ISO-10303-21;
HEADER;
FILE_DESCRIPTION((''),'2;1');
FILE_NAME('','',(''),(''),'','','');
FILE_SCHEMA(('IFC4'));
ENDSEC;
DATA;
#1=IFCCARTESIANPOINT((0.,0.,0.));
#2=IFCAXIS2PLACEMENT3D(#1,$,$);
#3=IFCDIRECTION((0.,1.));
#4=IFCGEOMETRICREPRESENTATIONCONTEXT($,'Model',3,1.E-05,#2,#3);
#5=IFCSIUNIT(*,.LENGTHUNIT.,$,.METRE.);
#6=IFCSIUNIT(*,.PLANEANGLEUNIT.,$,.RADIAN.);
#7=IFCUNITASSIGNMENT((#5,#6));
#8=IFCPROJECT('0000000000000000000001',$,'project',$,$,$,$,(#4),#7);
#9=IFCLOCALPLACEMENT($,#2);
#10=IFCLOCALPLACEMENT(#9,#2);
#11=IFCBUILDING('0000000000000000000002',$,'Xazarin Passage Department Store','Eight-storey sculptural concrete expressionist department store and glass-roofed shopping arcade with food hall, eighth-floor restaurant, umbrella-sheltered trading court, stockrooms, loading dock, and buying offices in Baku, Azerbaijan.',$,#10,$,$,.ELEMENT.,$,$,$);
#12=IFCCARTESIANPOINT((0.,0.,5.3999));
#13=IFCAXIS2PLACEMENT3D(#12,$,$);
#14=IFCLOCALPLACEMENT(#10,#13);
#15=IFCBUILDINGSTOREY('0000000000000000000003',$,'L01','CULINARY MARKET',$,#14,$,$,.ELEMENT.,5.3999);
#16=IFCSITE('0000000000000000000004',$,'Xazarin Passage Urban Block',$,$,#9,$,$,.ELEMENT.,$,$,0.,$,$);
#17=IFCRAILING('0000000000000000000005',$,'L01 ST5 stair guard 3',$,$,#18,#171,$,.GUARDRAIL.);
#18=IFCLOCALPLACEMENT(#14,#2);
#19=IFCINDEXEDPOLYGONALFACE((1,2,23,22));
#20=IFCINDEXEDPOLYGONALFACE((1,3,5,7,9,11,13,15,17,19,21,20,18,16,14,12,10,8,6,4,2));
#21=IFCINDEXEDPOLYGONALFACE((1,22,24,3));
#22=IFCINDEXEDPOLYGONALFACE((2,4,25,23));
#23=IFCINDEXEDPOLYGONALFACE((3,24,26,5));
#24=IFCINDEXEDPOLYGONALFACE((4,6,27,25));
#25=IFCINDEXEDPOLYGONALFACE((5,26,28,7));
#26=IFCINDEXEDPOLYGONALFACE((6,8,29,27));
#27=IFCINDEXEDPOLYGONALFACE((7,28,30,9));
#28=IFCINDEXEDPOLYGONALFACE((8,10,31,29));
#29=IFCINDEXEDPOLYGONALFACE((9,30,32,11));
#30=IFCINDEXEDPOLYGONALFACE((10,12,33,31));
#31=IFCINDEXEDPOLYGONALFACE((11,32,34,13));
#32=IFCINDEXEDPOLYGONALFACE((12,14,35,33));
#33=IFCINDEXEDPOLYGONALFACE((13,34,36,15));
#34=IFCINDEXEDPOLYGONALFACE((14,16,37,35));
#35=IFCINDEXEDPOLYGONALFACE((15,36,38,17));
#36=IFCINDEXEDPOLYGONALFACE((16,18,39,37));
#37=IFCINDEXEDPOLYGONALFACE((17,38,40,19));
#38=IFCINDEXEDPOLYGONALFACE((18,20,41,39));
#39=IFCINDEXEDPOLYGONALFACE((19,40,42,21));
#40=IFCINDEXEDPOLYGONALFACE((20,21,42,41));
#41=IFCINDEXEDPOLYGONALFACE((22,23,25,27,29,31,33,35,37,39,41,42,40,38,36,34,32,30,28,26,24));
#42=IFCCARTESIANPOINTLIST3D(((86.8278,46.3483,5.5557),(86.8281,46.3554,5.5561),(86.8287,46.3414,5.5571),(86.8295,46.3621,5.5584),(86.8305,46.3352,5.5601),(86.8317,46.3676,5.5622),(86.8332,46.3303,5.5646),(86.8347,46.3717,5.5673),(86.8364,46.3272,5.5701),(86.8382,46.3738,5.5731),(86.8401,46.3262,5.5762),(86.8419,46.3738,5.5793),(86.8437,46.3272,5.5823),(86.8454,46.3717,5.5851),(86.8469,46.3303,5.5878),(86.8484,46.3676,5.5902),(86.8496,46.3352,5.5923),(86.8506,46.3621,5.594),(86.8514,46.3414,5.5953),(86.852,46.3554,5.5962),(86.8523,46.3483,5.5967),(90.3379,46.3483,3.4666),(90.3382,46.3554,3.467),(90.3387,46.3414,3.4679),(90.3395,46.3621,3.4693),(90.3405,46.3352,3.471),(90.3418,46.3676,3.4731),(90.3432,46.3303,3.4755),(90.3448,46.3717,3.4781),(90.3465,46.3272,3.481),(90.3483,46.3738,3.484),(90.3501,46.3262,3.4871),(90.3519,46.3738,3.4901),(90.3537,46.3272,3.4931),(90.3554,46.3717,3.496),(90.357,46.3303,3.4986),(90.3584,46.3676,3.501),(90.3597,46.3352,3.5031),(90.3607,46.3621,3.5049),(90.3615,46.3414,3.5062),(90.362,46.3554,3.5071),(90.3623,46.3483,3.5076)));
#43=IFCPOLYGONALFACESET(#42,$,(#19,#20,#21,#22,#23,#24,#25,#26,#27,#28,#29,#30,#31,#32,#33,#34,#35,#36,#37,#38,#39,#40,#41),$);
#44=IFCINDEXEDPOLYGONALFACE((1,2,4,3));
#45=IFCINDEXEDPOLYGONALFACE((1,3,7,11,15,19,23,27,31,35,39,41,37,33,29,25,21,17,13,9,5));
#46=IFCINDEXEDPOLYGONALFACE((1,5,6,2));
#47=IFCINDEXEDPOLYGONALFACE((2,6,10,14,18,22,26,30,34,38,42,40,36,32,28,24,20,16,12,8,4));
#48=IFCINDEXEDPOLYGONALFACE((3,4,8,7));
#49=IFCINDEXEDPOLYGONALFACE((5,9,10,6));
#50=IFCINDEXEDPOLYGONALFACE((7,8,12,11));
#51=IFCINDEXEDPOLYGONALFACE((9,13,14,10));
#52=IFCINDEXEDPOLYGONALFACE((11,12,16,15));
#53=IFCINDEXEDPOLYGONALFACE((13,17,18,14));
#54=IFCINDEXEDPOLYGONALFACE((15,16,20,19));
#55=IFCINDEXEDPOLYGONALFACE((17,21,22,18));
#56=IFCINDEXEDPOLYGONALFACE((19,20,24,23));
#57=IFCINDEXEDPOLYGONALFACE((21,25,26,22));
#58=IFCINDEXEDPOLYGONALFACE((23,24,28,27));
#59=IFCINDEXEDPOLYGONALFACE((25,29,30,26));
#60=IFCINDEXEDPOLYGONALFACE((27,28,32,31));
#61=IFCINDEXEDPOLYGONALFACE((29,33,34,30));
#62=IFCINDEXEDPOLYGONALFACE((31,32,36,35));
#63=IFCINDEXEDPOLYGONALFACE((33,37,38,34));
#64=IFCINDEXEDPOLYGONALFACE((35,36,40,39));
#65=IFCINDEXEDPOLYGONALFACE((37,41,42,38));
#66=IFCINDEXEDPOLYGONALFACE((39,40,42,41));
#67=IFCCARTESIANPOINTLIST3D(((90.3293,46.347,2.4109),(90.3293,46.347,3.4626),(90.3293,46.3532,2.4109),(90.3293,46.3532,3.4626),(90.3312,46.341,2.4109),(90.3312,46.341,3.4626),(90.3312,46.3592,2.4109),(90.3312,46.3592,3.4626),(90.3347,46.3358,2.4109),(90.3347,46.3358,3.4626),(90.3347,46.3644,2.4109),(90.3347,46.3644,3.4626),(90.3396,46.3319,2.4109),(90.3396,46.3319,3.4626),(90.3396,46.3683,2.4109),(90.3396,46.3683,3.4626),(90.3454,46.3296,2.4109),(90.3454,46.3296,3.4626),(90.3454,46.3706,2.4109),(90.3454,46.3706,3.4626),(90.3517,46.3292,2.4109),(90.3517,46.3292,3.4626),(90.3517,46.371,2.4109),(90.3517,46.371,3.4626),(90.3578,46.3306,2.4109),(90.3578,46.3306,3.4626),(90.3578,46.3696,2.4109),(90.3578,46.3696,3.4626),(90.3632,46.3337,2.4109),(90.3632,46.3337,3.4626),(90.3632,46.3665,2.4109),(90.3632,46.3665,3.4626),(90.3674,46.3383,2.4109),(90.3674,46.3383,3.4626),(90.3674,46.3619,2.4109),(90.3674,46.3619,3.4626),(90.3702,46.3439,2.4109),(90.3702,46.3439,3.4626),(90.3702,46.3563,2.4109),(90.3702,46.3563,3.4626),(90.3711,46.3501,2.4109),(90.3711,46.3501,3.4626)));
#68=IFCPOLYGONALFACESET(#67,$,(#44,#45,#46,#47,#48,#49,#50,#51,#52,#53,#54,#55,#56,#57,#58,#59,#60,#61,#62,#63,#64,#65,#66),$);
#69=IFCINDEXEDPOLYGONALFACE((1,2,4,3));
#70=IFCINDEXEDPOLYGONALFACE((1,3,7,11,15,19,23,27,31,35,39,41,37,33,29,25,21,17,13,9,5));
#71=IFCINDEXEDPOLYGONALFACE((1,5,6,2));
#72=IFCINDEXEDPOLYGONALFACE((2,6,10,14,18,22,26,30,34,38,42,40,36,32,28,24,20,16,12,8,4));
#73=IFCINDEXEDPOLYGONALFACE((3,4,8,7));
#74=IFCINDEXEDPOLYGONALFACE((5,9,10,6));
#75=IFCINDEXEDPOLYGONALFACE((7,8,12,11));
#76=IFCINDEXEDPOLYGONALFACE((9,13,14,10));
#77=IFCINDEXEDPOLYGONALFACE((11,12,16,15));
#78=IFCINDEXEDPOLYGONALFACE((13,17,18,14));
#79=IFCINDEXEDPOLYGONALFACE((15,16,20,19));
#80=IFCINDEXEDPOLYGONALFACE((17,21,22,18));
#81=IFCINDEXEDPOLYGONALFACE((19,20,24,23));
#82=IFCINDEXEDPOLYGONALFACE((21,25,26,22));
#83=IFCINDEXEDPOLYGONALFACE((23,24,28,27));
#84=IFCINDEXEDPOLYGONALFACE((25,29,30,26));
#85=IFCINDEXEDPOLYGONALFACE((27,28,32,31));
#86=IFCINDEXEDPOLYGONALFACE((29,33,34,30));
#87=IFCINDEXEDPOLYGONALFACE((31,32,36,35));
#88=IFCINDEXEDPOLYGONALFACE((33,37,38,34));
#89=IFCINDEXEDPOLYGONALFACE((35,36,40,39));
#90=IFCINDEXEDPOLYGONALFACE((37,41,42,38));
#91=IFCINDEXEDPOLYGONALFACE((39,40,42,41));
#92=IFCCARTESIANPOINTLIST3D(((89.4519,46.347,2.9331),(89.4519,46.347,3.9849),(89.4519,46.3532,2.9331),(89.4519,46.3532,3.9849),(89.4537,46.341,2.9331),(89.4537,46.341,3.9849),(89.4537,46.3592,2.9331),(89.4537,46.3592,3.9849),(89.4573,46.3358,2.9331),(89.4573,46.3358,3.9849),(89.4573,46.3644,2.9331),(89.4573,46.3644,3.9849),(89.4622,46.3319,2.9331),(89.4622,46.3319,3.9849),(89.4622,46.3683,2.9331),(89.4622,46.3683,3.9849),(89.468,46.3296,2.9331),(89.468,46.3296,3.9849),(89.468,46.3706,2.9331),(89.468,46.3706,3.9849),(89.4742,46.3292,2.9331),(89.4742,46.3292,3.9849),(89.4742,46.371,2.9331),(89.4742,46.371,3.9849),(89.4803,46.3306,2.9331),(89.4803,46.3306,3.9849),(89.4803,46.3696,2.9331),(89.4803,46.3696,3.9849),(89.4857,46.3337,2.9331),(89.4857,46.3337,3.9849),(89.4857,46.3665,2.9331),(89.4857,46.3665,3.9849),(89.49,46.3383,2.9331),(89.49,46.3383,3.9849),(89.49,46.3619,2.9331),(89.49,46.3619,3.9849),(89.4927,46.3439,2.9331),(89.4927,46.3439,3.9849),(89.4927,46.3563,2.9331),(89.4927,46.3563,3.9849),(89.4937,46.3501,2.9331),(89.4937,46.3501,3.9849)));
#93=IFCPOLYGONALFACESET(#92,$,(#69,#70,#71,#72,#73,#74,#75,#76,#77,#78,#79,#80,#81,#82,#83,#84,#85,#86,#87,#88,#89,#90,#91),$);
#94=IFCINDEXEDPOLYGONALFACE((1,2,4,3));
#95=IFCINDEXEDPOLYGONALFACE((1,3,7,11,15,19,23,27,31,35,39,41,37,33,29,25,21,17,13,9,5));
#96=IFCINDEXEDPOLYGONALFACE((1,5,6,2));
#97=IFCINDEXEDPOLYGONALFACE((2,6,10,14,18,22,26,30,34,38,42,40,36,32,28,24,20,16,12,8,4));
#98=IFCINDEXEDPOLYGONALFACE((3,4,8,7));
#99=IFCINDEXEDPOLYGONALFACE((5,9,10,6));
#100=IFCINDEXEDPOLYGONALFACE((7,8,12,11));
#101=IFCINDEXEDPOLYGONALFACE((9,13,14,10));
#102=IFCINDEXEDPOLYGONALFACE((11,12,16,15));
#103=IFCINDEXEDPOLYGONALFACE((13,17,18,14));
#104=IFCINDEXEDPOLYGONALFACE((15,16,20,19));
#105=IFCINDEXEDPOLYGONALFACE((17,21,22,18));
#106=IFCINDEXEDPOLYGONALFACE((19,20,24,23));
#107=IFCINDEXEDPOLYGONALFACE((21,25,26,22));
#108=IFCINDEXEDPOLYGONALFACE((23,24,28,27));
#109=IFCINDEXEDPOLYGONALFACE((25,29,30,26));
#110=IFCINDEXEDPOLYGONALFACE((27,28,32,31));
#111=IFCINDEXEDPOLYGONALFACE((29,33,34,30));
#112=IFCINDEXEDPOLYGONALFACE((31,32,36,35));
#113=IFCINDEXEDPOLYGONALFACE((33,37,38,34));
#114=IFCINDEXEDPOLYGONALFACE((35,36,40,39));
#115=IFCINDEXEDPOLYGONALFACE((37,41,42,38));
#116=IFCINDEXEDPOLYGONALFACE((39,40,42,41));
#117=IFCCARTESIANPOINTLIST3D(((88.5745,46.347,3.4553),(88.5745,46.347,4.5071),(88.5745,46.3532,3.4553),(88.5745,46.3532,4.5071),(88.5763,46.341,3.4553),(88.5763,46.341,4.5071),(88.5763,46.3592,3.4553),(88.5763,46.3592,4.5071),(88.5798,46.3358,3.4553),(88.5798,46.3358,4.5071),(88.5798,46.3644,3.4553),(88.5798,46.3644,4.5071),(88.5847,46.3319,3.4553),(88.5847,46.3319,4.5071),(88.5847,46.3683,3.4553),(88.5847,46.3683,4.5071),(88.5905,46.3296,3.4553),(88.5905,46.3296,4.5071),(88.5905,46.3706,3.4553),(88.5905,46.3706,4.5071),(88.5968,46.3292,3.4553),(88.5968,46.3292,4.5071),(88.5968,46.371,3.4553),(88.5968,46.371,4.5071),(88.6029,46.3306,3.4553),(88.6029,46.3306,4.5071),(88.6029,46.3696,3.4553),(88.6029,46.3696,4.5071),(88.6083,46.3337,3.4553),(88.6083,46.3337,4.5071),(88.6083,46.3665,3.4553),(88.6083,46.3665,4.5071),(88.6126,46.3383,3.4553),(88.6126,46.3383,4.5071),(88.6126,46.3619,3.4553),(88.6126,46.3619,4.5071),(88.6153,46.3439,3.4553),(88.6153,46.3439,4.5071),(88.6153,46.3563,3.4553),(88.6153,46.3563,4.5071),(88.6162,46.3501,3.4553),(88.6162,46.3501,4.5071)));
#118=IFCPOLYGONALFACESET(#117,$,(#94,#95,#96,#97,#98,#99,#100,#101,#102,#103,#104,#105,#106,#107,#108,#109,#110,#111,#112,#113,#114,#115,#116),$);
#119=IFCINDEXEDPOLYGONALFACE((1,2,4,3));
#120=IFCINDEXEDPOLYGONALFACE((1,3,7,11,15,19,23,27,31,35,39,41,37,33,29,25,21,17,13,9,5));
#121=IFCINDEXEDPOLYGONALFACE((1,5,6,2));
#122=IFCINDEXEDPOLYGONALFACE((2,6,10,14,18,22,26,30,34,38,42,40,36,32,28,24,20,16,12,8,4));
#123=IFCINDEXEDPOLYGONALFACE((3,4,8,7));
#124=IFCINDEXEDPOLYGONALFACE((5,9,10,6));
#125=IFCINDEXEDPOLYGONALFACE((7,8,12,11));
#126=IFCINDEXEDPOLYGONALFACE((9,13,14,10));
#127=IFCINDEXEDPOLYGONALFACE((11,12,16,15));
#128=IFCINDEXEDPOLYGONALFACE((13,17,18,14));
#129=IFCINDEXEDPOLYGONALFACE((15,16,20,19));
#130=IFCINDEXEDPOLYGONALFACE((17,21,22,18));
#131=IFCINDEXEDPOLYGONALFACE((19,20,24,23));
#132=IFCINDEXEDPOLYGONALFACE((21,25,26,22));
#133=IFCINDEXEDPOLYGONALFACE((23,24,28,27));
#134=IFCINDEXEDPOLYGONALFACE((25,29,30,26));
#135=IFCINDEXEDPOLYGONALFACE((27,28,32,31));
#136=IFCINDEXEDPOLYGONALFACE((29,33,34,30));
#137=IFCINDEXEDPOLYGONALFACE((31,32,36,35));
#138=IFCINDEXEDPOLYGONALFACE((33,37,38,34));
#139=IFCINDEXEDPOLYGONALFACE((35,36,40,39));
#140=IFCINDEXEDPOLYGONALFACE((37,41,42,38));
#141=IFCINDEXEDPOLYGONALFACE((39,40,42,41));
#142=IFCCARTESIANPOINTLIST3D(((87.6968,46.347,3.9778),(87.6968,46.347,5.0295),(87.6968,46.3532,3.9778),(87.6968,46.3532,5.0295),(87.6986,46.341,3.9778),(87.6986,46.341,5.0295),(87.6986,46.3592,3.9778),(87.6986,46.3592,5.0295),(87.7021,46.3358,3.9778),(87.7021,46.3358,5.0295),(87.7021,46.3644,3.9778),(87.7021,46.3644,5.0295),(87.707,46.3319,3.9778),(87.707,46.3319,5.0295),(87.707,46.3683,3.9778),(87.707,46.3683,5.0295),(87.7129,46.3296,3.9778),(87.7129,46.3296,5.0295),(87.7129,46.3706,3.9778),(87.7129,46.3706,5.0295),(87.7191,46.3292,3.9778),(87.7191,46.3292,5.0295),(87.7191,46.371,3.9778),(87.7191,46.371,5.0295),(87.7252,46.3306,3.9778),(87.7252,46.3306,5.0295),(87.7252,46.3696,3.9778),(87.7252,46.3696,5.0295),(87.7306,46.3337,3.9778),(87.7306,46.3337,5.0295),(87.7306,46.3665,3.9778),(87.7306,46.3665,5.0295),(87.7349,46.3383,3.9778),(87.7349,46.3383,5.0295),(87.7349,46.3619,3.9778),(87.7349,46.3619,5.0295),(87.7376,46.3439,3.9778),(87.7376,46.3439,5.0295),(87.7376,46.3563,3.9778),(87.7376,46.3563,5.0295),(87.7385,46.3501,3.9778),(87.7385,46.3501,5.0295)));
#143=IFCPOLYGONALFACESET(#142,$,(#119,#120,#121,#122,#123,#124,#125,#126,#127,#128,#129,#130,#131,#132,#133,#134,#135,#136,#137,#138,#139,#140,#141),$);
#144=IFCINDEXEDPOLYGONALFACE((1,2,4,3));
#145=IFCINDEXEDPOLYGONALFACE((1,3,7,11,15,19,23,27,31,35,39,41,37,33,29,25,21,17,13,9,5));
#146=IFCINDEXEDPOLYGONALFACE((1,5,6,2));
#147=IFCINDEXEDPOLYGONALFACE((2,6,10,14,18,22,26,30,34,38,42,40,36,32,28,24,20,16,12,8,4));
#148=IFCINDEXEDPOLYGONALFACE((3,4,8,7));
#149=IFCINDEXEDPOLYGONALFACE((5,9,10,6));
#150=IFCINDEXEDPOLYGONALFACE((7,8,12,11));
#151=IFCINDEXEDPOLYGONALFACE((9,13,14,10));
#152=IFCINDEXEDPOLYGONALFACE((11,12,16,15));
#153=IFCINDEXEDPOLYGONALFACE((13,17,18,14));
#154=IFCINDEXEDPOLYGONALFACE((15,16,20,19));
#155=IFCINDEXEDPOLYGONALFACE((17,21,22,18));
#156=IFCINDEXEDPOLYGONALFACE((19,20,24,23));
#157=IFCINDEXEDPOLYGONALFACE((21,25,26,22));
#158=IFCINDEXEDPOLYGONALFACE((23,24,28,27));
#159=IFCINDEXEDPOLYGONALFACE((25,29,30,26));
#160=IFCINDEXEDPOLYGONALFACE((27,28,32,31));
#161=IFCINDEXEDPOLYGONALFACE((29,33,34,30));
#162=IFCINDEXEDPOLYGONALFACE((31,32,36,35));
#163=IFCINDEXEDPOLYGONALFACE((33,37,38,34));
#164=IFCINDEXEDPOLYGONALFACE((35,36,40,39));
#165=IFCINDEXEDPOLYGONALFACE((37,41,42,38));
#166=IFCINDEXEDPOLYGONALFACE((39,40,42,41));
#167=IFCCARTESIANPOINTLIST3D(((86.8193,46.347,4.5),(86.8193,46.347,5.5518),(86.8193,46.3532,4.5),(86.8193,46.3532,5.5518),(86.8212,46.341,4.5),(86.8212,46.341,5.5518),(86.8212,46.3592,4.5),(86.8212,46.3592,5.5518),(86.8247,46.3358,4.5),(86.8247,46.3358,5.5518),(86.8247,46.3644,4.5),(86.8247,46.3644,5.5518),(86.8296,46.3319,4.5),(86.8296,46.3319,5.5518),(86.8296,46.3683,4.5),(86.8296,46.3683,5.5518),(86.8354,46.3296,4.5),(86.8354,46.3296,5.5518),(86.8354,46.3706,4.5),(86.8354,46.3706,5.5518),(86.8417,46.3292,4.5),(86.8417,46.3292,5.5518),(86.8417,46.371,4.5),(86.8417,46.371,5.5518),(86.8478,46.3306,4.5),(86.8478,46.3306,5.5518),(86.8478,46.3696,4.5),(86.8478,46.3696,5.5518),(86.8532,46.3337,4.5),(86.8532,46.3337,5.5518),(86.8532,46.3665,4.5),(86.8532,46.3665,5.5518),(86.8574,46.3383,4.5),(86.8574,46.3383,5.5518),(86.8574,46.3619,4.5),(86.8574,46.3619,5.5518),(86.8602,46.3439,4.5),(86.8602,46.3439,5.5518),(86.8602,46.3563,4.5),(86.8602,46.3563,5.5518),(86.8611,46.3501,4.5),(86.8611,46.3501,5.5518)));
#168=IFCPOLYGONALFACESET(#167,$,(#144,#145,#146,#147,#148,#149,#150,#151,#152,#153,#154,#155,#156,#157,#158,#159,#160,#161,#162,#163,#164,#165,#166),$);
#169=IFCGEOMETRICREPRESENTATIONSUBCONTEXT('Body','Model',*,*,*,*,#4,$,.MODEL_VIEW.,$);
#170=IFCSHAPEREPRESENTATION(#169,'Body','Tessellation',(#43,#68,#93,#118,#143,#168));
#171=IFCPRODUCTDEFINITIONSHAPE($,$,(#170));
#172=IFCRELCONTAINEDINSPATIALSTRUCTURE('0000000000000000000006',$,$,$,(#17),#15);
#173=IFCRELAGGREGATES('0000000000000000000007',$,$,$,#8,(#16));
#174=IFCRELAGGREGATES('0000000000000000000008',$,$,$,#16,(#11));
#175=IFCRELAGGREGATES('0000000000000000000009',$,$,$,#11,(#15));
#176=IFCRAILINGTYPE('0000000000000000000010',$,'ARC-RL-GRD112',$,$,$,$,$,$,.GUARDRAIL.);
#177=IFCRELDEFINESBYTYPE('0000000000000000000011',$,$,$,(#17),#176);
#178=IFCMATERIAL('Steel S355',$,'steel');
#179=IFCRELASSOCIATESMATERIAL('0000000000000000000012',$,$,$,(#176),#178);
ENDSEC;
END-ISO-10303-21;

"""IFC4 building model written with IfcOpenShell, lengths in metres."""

from ifc_helpers import new_model, si_unit, direction, frame, origin, origin_2d, place, context, subcontext, project, spatial, circle, extrude, material, type_object, element, save


model = new_model("IFC4")

# Units and contexts
model_context = context("Model", 3, precision=1e-05, world=origin(), true_north=direction((0.0, 1.0)))
body_context = subcontext(model_context, "Body", "Model", "MODEL_VIEW")
ifc_project = project(units=[si_unit("LENGTHUNIT", "METRE"), si_unit("PLANEANGLEUNIT", "RADIAN")], contexts=[model_context])

# Site, building, storey
site_placement = place(None, origin())
site = spatial("IfcSite", under=ifc_project, at=site_placement, Name="Xazarin Passage Urban Block", CompositionType="ELEMENT", RefElevation=0.0)
building_placement = place(site_placement, origin())
building = spatial("IfcBuilding", under=site, at=building_placement, Name="Xazarin Passage Department Store", Description="Eight-storey sculptural concrete expressionist department store and glass-roofed shopping arcade with food hall, eighth-floor restaurant, umbrella-sheltered trading court, stockrooms, loading dock, and buying offices in Baku, Azerbaijan.", CompositionType="ELEMENT")
storey_placement = place(building_placement, frame((0.0, 0.0, 5.3999)))
storey = spatial("IfcBuildingStorey", under=building, at=storey_placement, Name="L01", Description="CULINARY MARKET", CompositionType="ELEMENT", Elevation=5.3999)

# Shared definitions
ifc_material_1 = material(Name="Steel S355", Category="steel")

# Railing
railing_type_1 = type_object("IfcRailingType", Name="ARC-RL-GRD112", PredefinedType="GUARDRAIL", material=ifc_material_1)
railing_1_placement = place(storey_placement, frame((90.3501, 46.3501, 2.4109)))
element("IfcRailing", 1, at=railing_1_placement, inside=storey, type_object=railing_type_1, Name="L01 ST5 stair guard 3", PredefinedType="GUARDRAIL", context=body_context, shape_type="SweptSolid", body=[
    extrude(circle(Radius=0.0239, at=origin_2d()), frame((0.0, 0.0, 1.0762), z_axis=(-0.859312, 0.0, 0.511451), x_axis=(0.0, -1.0, 0.0)), (0.0, 0.0, 1.0), 4.0847),
    extrude(circle(Radius=0.021, at=origin_2d()), origin(), (0.0, 0.0, 1.0), 1.0518),
    extrude(circle(Radius=0.021, at=origin_2d()), frame((-0.8774, 0.0, 0.5222)), (0.0, 0.0, 1.0), 1.0518),
    extrude(circle(Radius=0.021, at=origin_2d()), frame((-1.7549, 0.0, 1.0444)), (0.0, 0.0, 1.0), 1.0518),
    extrude(circle(Radius=0.021, at=origin_2d()), frame((-2.6326, 0.0, 1.5669)), (0.0, 0.0, 1.0), 1.0518),
    extrude(circle(Radius=0.021, at=origin_2d()), frame((-3.51, 0.0, 2.0891)), (0.0, 0.0, 1.0), 1.0518),
])

save(model, "model.ifc")
